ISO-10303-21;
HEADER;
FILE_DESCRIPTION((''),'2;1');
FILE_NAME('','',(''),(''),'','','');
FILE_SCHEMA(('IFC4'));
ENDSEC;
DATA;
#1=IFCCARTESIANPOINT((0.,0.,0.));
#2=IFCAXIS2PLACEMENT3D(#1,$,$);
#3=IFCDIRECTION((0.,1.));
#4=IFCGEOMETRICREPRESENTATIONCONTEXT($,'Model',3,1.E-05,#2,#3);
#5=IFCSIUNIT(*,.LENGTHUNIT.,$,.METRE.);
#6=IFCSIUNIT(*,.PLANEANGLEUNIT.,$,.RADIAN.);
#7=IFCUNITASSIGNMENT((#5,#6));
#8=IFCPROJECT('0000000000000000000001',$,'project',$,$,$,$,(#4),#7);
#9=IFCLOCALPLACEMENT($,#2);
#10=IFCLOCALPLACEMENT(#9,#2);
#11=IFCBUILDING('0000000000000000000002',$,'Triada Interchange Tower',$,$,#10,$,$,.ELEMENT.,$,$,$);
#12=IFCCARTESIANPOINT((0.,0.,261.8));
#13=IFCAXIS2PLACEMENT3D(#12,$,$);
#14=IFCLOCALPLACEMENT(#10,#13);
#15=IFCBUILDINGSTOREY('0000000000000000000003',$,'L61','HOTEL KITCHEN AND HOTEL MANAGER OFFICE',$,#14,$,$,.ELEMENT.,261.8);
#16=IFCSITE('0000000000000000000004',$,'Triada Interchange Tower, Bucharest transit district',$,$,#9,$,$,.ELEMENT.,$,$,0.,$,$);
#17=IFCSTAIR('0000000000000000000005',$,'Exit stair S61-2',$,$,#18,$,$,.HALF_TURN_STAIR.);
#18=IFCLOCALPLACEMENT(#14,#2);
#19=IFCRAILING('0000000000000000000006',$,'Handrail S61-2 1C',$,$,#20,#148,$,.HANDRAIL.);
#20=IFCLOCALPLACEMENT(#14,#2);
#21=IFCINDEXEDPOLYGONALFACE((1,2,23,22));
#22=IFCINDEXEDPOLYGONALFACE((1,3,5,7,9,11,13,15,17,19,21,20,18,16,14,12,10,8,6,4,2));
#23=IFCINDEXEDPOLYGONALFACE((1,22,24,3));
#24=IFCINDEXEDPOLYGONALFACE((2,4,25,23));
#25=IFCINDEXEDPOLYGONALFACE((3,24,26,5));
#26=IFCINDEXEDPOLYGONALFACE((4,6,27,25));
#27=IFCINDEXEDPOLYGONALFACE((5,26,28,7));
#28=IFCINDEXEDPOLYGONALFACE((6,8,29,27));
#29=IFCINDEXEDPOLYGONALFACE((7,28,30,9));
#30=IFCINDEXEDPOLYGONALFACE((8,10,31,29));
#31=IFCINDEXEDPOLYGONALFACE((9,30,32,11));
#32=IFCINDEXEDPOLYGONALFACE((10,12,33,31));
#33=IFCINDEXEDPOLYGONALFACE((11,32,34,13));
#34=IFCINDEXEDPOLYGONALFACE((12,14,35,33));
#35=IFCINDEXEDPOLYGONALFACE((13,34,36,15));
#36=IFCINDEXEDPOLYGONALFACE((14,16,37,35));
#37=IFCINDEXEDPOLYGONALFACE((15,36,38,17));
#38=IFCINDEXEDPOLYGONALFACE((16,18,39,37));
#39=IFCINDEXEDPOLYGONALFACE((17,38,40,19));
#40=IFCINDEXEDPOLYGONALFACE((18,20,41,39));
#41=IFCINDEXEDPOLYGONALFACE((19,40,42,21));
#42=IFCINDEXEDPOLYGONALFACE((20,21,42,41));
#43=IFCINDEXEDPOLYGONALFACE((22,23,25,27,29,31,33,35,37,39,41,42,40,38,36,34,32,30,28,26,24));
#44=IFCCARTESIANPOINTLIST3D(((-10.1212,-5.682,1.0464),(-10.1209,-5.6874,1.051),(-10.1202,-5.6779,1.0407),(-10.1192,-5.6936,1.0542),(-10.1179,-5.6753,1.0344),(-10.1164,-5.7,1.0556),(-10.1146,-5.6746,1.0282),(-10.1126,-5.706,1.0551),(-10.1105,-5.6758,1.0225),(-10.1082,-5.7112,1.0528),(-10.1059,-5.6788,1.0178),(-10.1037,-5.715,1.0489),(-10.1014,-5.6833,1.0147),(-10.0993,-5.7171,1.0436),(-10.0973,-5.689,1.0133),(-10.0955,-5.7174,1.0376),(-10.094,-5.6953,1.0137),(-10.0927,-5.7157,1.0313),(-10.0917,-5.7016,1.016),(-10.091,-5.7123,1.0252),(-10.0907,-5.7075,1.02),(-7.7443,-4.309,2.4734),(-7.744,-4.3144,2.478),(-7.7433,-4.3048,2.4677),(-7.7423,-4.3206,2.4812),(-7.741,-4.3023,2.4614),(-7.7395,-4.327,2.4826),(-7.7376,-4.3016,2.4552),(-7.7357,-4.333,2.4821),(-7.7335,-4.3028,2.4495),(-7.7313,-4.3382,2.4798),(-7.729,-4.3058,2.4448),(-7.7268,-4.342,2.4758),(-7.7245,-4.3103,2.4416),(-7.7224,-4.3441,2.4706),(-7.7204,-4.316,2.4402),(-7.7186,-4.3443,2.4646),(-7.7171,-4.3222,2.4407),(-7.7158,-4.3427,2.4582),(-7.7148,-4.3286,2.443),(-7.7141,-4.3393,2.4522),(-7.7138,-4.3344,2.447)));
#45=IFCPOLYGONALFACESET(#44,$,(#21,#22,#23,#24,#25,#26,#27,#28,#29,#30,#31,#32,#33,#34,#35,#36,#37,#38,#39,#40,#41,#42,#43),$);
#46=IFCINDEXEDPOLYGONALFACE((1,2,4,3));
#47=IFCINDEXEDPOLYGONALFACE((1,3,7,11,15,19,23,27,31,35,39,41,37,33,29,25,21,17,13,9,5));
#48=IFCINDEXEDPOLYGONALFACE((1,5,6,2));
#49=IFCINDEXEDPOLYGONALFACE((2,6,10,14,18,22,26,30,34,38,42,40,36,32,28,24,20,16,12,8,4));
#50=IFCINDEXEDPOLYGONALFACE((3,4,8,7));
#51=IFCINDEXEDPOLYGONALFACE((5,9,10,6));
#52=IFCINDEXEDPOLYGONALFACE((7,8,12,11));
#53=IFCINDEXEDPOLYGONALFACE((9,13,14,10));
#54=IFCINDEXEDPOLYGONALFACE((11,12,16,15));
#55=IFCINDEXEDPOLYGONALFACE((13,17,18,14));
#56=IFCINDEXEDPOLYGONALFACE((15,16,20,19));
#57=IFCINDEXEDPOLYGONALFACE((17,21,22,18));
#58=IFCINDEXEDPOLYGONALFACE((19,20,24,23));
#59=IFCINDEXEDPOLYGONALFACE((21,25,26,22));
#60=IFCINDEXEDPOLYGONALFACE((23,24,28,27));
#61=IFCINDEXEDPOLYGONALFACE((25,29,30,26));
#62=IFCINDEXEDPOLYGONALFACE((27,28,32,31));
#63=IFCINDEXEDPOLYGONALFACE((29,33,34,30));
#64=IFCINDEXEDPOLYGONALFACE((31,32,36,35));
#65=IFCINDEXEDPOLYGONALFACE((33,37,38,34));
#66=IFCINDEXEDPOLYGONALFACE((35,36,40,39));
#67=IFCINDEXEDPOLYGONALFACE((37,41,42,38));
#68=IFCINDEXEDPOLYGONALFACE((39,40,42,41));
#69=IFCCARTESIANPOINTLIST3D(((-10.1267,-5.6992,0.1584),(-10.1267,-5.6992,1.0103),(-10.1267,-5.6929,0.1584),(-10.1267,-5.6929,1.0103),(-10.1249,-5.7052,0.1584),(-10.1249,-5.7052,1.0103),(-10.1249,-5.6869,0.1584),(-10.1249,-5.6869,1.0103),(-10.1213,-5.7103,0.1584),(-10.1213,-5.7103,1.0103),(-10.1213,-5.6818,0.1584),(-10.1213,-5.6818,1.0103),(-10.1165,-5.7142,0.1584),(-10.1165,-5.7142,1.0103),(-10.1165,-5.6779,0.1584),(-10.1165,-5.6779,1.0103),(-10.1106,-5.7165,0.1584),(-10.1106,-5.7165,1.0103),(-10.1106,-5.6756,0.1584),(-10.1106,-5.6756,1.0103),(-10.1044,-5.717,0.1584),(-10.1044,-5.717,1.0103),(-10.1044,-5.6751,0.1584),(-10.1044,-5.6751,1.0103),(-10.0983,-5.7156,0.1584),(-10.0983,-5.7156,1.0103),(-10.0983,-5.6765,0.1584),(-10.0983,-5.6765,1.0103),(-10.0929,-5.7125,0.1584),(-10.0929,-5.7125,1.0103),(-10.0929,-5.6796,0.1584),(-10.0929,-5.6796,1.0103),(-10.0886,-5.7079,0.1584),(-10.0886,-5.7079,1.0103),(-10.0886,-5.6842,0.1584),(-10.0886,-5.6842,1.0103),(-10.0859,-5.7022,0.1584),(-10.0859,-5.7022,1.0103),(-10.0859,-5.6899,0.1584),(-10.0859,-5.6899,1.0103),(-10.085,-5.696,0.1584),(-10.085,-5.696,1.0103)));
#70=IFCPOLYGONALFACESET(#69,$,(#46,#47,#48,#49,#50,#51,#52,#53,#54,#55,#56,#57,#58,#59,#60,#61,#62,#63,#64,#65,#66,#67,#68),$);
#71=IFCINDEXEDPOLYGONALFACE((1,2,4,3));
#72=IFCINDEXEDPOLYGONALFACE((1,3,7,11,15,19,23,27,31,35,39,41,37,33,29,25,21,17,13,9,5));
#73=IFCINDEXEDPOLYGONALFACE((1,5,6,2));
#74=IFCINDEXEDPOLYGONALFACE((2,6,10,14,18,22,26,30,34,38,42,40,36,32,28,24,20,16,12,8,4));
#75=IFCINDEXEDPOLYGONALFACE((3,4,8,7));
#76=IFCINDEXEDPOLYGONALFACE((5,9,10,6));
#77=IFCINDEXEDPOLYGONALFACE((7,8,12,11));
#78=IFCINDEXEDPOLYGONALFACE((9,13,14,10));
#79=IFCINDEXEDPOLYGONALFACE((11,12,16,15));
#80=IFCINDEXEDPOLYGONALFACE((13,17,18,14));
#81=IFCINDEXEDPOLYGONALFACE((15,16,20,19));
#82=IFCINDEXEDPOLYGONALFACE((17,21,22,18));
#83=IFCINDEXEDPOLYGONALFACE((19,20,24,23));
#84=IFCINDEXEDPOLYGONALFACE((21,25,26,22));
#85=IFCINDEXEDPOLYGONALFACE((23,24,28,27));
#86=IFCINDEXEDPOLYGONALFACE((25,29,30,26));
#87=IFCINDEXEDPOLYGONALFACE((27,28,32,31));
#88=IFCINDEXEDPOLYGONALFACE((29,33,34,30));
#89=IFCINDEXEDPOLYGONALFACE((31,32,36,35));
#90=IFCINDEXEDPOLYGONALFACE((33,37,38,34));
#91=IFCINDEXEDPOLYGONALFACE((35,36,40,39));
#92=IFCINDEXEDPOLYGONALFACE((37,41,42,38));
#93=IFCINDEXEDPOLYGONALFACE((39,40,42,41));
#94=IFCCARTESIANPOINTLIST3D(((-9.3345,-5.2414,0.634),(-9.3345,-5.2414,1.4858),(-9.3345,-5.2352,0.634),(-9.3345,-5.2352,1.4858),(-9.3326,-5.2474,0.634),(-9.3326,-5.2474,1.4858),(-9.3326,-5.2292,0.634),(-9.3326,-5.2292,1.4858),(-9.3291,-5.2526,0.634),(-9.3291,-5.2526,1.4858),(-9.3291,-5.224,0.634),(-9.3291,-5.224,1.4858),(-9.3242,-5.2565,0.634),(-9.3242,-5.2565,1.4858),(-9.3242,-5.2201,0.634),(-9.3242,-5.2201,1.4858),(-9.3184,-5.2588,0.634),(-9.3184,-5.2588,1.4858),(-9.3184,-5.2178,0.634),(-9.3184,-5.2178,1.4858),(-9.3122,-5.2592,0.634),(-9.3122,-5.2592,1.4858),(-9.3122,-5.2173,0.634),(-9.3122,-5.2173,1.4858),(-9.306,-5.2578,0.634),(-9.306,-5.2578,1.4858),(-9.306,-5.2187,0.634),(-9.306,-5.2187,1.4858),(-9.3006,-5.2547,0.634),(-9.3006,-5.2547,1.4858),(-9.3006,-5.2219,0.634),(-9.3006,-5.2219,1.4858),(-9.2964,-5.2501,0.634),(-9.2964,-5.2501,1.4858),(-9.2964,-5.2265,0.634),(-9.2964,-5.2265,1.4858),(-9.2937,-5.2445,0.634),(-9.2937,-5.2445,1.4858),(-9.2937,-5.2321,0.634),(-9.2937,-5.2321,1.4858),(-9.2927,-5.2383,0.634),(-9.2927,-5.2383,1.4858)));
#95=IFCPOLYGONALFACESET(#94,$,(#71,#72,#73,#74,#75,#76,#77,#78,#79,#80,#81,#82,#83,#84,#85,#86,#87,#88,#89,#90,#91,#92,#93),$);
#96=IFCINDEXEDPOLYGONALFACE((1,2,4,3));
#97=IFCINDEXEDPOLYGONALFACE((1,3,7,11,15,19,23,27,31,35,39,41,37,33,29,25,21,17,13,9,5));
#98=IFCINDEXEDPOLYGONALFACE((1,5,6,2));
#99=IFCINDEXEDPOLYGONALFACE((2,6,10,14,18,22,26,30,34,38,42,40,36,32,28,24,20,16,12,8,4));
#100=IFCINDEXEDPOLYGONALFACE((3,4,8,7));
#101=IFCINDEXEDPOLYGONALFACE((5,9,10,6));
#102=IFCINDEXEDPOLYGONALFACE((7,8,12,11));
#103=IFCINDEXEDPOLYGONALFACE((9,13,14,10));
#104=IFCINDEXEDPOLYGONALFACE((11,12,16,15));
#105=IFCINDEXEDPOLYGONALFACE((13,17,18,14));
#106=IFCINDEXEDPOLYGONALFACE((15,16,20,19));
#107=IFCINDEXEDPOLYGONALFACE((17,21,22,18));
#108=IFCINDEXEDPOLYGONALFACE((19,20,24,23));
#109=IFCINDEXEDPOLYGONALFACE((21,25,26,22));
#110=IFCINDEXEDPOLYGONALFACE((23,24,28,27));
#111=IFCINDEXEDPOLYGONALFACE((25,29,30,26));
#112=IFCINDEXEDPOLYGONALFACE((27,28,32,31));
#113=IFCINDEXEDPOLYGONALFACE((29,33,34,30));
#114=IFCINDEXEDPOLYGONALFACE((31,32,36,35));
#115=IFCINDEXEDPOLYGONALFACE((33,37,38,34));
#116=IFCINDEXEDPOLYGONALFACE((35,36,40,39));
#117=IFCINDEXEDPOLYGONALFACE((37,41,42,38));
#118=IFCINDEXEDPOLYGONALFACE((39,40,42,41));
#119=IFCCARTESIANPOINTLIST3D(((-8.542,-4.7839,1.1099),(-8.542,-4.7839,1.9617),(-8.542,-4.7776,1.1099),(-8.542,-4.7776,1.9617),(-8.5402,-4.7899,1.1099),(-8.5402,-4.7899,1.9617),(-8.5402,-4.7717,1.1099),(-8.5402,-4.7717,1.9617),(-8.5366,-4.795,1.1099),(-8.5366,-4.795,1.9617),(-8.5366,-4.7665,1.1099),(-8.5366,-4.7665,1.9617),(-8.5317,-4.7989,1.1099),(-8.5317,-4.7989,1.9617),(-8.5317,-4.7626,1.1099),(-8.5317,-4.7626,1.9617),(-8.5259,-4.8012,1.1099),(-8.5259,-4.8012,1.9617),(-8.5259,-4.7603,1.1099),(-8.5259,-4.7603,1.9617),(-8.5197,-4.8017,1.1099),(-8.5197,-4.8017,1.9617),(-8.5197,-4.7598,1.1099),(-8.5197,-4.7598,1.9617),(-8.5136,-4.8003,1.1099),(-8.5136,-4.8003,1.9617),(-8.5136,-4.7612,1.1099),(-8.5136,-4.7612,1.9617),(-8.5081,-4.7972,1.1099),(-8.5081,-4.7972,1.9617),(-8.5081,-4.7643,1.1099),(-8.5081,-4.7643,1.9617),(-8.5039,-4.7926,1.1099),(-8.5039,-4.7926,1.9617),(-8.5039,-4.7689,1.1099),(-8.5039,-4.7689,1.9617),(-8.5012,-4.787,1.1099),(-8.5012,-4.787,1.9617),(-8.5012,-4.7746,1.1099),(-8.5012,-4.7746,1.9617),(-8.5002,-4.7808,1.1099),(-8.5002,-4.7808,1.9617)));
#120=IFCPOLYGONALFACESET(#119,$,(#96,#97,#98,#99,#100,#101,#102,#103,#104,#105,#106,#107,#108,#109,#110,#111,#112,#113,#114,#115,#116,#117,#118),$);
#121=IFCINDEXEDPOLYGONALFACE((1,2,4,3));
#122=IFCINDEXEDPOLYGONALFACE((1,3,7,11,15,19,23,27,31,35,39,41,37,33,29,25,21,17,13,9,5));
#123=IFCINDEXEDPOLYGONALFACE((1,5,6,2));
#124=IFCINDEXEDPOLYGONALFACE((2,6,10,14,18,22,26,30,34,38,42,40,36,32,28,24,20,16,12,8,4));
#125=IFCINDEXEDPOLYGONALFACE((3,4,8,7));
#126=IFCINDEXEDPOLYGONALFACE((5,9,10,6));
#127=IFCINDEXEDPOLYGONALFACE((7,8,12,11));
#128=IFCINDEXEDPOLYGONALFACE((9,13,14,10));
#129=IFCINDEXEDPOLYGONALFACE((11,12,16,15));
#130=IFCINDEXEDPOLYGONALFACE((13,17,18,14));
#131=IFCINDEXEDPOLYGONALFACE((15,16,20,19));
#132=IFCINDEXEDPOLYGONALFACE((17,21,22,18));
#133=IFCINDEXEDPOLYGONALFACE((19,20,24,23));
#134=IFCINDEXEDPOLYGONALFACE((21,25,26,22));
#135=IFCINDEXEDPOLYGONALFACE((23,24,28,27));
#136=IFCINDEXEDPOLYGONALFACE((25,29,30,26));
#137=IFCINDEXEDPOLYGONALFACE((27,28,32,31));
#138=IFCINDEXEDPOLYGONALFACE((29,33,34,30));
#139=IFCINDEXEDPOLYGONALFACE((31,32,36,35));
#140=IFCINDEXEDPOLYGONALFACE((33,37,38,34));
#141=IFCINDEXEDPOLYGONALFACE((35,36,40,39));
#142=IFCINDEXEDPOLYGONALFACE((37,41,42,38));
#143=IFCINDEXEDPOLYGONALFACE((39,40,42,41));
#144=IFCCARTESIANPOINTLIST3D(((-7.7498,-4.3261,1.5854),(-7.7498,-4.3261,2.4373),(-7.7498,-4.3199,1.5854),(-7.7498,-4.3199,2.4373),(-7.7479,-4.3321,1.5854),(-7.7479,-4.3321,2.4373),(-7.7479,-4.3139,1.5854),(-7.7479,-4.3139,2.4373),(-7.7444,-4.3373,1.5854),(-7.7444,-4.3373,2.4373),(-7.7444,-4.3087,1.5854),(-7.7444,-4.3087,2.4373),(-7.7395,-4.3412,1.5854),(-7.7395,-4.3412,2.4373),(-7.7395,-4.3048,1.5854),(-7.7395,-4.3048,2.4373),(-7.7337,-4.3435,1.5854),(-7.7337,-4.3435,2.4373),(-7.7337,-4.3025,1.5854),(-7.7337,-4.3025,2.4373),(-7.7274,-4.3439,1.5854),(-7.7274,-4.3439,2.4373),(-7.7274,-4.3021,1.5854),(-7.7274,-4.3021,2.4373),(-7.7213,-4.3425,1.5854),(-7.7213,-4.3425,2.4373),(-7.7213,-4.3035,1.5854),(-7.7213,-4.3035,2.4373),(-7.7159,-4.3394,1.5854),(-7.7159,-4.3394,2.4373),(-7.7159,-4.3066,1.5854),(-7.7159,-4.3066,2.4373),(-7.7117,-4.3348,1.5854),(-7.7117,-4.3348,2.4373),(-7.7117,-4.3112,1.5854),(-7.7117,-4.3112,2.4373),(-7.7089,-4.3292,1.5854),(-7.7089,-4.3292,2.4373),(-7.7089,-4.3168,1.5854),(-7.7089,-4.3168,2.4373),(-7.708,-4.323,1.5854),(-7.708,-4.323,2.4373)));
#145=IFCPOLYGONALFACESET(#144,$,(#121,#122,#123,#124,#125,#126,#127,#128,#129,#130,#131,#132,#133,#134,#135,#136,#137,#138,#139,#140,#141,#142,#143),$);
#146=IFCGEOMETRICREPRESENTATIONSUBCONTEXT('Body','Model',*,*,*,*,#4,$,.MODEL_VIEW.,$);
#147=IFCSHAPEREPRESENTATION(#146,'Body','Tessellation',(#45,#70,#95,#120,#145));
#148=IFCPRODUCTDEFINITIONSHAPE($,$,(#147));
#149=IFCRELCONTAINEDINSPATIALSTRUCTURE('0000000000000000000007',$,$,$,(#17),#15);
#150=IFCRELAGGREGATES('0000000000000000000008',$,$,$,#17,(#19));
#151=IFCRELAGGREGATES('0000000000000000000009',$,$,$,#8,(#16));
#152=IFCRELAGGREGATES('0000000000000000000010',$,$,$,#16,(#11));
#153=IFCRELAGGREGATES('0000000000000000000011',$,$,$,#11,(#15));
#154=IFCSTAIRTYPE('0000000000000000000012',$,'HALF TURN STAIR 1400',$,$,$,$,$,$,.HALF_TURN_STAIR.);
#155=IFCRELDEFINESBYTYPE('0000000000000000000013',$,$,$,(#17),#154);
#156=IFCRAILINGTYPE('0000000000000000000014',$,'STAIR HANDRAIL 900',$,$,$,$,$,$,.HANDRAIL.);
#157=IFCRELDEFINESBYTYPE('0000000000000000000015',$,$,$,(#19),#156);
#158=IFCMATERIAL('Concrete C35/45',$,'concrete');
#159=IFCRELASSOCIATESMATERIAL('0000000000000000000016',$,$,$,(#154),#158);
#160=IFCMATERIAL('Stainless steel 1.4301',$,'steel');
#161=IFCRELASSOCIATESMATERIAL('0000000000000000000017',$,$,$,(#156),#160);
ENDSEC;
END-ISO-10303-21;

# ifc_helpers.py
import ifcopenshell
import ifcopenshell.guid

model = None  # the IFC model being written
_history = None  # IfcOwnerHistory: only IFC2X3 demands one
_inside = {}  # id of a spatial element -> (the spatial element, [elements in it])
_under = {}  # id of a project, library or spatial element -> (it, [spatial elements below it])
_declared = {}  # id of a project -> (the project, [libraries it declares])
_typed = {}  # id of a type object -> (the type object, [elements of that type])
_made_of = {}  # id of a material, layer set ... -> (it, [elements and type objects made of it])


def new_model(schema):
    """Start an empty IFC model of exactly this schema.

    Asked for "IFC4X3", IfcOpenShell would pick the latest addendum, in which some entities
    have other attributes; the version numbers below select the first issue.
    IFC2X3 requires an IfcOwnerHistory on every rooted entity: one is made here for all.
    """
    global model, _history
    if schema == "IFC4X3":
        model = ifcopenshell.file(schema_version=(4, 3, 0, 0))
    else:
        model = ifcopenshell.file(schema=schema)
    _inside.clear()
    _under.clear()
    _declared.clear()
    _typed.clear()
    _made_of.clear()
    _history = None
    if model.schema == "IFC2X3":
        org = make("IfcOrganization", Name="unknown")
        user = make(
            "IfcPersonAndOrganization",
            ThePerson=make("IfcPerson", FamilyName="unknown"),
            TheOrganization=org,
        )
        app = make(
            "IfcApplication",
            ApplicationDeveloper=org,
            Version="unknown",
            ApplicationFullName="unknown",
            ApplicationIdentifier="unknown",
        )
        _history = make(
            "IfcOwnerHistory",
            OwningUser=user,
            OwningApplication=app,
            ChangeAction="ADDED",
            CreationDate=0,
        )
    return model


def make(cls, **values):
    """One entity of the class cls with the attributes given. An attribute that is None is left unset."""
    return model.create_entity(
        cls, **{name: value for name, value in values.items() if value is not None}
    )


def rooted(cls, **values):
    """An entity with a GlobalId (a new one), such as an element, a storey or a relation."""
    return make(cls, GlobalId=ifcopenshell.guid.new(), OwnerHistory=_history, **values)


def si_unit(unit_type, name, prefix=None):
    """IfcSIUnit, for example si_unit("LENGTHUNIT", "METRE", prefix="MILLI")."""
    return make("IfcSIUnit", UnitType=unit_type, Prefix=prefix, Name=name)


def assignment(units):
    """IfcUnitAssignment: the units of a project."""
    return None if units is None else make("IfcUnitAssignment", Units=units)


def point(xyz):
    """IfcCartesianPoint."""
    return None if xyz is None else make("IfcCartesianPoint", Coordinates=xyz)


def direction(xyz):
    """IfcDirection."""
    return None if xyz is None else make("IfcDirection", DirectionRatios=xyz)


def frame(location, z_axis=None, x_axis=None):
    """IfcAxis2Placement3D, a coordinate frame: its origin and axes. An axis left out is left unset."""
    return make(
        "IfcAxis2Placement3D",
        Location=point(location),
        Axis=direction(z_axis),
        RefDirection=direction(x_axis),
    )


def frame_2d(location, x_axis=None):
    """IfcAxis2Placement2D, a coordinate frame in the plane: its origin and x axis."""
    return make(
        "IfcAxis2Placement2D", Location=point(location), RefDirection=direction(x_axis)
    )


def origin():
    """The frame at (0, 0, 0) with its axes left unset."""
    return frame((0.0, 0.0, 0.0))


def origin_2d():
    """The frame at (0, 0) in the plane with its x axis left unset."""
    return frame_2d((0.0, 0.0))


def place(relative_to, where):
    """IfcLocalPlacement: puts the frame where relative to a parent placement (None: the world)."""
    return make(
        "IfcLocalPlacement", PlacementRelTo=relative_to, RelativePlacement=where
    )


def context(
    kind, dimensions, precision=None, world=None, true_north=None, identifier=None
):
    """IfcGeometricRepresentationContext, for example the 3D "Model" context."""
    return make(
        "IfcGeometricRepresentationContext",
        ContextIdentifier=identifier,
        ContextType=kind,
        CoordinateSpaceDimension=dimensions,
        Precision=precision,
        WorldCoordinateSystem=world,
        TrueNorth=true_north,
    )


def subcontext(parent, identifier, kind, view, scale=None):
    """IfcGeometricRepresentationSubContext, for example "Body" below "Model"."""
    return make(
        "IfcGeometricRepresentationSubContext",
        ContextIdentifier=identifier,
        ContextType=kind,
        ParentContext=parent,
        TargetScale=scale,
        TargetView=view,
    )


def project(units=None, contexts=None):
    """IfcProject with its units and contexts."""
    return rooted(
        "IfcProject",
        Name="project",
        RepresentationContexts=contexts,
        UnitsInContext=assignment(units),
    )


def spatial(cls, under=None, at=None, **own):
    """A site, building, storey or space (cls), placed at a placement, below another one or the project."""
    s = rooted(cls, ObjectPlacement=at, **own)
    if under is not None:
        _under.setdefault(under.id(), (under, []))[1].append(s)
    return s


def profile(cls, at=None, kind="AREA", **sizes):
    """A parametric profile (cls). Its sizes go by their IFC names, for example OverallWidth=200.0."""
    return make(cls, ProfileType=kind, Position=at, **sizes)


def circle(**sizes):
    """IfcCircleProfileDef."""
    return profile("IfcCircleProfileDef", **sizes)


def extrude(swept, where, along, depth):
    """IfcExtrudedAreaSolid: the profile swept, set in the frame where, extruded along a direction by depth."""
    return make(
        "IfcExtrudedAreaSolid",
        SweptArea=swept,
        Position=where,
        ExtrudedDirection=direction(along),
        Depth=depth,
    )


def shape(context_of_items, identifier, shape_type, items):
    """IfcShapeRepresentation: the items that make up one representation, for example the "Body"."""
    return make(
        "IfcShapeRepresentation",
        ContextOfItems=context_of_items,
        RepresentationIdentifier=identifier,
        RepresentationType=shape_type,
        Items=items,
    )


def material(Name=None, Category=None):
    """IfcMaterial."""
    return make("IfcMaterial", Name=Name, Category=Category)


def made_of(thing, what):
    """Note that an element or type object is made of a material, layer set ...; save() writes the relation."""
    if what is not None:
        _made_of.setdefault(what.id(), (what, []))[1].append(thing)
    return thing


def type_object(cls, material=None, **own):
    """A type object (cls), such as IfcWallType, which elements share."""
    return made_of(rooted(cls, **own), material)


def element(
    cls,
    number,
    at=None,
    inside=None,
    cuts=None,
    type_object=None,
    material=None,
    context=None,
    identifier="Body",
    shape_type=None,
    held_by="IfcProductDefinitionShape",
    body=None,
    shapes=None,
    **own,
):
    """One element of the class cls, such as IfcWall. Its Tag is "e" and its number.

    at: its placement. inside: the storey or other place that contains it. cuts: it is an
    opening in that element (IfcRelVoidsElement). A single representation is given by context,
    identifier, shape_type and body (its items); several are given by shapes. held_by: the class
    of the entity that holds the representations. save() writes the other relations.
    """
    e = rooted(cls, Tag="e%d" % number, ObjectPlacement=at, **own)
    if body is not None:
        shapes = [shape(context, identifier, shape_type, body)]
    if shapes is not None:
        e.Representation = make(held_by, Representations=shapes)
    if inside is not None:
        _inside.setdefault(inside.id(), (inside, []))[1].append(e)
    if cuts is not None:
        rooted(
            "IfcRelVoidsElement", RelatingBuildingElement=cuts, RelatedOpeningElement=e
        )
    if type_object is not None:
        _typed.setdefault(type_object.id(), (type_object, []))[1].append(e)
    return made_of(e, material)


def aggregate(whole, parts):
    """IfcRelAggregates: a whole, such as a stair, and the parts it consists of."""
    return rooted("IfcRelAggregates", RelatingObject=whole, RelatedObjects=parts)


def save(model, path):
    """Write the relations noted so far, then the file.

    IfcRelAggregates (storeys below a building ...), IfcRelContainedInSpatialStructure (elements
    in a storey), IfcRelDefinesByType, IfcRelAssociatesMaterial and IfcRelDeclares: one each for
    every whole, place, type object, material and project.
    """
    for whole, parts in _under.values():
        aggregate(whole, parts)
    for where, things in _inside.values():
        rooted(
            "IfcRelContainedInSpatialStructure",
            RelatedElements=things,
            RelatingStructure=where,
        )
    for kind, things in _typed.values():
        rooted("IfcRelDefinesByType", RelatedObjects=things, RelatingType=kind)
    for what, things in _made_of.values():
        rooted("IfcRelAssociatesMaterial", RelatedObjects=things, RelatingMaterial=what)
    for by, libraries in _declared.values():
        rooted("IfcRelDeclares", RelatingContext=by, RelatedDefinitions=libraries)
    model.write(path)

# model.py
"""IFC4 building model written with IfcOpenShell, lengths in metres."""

from ifc_helpers import new_model, si_unit, direction, frame, origin, origin_2d, place, context, subcontext, project, spatial, circle, extrude, material, type_object, element, aggregate, save


model = new_model("IFC4")

# Units and contexts
model_context = context("Model", 3, precision=1e-05, world=origin(), true_north=direction((0.0, 1.0)))
body_context = subcontext(model_context, "Body", "Model", "MODEL_VIEW")
ifc_project = project(units=[si_unit("LENGTHUNIT", "METRE"), si_unit("PLANEANGLEUNIT", "RADIAN")], contexts=[model_context])

# Site, building, storey
site_placement = place(None, origin())
site = spatial("IfcSite", under=ifc_project, at=site_placement, Name="Triada Interchange Tower, Bucharest transit district", CompositionType="ELEMENT", RefElevation=0.0)
building_placement = place(site_placement, origin())
building = spatial("IfcBuilding", under=site, at=building_placement, Name="Triada Interchange Tower", CompositionType="ELEMENT")
storey_placement = place(building_placement, frame((0.0, 0.0, 261.8)))
storey = spatial("IfcBuildingStorey", under=building, at=storey_placement, Name="L61", Description="HOTEL KITCHEN AND HOTEL MANAGER OFFICE", CompositionType="ELEMENT", Elevation=261.8)

# Shared definitions
ifc_material_1 = material(Name="Concrete C35/45", Category="concrete")

# Stair, railing
stair_type = type_object("IfcStairType", Name="HALF TURN STAIR 1400", PredefinedType="HALF_TURN_STAIR", material=ifc_material_1)
stair_placement = place(storey_placement, origin())
stair = element("IfcStair", 1, at=stair_placement, inside=storey, type_object=stair_type, Name="Exit stair S61-2", PredefinedType="HALF_TURN_STAIR")
ifc_material_2 = material(Name="Stainless steel 1.4301", Category="steel")
railing_type_1 = type_object("IfcRailingType", Name="STAIR HANDRAIL 900", PredefinedType="HANDRAIL", material=ifc_material_2)
railing_1_placement = place(storey_placement, frame((-10.106, -5.696, 0.1584)))
railing_1 = element("IfcRailing", 2, at=railing_1_placement, type_object=railing_type_1, Name="Handrail S61-2 1C", PredefinedType="HANDRAIL", context=body_context, shape_type="SweptSolid", body=[
    extrude(circle(Radius=0.0239, at=origin_2d()), frame((0.0, 0.0, 0.876), z_axis=(0.7683, 0.443808, 0.461248), x_axis=(-0.500195, 0.865913, 0.0)), (0.0, 0.0, 1.0), 3.0938),
    extrude(circle(Radius=0.021, at=origin_2d()), origin(), (0.0, 0.0, 1.0), 0.8518),
    extrude(circle(Radius=0.021, at=origin_2d()), frame((0.7922, 0.4578, 0.4756)), (0.0, 0.0, 1.0), 0.8518),
    extrude(circle(Radius=0.021, at=origin_2d()), frame((1.5847, 0.9153, 0.9514)), (0.0, 0.0, 1.0), 0.8518),
    extrude(circle(Radius=0.021, at=origin_2d()), frame((2.377, 1.373, 1.427)), (0.0, 0.0, 1.0), 0.8518),
])
aggregate(stair, [railing_1])

save(model, "model.ifc")
